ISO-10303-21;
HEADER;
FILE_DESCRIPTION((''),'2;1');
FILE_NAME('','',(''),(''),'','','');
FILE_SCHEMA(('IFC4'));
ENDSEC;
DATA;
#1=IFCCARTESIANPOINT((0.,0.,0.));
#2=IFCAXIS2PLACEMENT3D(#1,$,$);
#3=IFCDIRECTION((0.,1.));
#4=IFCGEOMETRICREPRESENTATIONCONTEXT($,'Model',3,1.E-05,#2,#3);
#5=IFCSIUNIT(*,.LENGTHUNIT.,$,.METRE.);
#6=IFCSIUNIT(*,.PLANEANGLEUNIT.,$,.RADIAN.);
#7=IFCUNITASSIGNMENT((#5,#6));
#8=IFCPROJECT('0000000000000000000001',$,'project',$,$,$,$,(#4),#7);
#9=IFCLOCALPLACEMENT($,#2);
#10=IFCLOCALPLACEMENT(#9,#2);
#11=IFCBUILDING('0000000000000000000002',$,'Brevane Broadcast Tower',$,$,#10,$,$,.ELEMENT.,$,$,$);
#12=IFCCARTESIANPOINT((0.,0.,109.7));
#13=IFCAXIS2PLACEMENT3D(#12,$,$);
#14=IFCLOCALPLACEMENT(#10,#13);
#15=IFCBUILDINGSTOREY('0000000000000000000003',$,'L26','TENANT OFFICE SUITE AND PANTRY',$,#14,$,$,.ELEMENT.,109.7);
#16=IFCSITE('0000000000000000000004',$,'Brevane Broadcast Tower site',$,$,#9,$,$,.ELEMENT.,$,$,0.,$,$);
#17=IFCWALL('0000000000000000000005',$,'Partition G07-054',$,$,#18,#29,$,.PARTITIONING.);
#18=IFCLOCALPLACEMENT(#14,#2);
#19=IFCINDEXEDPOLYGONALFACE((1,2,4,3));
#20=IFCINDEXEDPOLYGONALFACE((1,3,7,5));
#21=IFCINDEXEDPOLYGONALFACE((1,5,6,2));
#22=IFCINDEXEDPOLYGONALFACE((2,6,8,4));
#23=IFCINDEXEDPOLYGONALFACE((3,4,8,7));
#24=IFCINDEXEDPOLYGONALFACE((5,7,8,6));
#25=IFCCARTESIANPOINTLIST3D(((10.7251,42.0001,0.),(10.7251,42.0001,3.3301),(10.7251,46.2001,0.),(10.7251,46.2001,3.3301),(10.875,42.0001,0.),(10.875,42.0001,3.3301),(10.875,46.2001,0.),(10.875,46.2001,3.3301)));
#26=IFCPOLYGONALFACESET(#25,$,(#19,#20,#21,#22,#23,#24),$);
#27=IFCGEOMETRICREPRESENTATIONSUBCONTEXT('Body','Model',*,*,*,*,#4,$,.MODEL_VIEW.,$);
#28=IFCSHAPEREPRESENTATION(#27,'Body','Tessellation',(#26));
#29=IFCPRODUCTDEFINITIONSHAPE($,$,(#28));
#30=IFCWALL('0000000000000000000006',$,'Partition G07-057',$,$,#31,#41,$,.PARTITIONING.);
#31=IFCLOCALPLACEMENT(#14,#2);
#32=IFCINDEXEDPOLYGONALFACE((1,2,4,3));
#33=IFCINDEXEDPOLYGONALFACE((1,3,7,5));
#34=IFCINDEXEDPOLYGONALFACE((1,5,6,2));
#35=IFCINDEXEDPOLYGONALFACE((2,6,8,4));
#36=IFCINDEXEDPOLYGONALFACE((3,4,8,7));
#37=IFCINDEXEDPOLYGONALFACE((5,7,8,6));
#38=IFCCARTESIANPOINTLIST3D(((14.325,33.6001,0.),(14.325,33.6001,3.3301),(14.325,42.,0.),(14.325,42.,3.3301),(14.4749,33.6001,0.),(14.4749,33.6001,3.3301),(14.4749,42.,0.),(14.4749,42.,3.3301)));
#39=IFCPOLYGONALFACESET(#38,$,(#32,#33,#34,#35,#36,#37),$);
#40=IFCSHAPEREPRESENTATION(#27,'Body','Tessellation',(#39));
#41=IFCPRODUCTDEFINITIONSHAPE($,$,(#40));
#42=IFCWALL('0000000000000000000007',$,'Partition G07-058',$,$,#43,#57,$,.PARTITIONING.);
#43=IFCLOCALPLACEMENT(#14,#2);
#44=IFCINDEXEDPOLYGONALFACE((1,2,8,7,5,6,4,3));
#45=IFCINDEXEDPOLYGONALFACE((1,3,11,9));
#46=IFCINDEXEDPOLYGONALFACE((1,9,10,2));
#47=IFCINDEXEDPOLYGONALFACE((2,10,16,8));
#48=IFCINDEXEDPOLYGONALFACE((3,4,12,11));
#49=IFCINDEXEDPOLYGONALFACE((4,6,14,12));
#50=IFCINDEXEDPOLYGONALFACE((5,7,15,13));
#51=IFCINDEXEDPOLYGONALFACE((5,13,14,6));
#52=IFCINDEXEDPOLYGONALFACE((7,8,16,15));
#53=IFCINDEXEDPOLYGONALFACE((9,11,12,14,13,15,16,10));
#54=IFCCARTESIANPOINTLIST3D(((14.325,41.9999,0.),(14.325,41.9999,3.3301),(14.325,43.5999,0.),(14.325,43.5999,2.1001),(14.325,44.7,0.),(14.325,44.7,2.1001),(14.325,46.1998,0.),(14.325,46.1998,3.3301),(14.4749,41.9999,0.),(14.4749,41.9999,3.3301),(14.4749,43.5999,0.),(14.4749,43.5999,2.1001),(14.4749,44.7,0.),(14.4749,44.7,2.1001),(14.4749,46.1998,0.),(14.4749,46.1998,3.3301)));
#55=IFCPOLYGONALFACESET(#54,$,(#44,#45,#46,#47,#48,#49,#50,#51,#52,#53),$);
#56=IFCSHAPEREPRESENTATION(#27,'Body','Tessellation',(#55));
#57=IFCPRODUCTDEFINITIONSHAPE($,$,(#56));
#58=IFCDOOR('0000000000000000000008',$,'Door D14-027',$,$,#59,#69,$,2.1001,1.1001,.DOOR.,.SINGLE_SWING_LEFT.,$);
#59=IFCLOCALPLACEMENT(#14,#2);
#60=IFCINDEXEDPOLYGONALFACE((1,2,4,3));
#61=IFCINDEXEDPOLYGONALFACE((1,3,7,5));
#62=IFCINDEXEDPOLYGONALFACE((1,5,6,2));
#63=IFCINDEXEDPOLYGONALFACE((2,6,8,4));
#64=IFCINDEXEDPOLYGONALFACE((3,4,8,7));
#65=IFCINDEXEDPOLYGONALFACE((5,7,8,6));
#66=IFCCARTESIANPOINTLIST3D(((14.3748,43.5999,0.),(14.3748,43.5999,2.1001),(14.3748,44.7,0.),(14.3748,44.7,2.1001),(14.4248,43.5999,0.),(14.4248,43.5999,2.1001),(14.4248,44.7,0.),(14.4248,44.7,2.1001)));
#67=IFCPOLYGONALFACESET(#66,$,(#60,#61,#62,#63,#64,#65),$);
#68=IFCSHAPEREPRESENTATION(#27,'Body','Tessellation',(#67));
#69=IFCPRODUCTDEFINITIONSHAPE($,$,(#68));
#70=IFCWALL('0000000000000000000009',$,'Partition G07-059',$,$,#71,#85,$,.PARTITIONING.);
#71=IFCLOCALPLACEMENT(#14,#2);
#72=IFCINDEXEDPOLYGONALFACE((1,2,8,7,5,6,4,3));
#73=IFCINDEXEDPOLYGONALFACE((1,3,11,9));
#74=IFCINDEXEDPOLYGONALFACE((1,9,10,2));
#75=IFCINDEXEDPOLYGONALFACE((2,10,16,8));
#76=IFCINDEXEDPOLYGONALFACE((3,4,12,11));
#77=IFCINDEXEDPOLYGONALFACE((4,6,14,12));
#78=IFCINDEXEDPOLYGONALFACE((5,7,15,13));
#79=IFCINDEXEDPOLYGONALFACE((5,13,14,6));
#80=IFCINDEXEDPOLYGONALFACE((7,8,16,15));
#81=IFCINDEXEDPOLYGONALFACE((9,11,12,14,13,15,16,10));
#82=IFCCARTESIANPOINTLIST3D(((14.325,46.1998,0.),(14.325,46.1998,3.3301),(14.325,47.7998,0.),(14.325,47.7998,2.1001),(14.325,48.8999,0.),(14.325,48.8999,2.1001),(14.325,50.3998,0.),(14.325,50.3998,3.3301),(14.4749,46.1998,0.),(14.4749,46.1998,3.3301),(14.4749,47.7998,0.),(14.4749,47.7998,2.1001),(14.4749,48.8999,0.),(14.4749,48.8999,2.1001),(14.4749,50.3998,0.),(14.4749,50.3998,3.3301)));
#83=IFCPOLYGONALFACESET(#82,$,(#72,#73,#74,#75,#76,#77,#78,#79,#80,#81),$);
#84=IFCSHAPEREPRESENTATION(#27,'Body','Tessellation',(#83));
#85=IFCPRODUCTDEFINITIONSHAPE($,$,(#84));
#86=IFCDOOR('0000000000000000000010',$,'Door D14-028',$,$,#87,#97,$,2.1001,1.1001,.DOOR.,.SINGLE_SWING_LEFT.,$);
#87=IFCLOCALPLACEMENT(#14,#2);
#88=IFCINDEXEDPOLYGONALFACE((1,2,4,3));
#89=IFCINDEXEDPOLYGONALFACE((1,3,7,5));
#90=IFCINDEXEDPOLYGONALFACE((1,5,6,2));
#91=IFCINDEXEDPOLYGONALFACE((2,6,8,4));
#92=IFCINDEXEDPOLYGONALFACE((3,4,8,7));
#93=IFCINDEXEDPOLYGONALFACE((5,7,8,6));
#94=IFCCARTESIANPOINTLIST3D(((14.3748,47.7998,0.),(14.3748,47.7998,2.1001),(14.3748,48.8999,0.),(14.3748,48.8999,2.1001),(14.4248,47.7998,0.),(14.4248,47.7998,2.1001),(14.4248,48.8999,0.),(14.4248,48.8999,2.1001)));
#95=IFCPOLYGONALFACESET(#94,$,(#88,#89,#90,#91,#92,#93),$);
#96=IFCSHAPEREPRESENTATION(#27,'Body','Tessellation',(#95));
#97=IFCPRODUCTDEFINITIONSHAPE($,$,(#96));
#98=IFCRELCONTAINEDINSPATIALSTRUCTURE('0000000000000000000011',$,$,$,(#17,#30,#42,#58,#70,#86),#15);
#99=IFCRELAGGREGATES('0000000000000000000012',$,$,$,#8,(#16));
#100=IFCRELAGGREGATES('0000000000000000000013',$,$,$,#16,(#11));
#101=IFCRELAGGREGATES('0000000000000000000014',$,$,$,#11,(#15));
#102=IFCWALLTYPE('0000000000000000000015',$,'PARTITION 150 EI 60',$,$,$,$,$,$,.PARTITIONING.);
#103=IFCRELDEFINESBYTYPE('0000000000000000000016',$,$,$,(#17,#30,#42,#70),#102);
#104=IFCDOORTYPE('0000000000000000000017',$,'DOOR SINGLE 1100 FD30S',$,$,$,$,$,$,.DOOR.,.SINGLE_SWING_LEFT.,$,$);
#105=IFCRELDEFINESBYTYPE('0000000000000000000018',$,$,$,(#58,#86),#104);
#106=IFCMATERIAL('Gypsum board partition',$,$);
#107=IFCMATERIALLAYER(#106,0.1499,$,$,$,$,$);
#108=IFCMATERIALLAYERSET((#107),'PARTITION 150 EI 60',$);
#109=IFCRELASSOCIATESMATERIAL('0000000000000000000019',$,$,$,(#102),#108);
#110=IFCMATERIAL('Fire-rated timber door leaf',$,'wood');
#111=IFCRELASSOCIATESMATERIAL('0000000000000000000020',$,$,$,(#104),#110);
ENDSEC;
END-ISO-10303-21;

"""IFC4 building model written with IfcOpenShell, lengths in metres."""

from ifc_helpers import new_model, si_unit, direction, frame, frame_2d, origin, place, context, subcontext, project, spatial, rectangle, extrude, material, layer, layer_set, type_object, element, fill, save


model = new_model("IFC4")

# Units and contexts
model_context = context("Model", 3, precision=1e-05, world=origin(), true_north=direction((0.0, 1.0)))
body_context = subcontext(model_context, "Body", "Model", "MODEL_VIEW")
ifc_project = project(units=[si_unit("LENGTHUNIT", "METRE"), si_unit("PLANEANGLEUNIT", "RADIAN")], contexts=[model_context])

# Site, building, storey
site_placement = place(None, origin())
site = spatial("IfcSite", under=ifc_project, at=site_placement, Name="Brevane Broadcast Tower site", CompositionType="ELEMENT", RefElevation=0.0)
building_placement = place(site_placement, origin())
building = spatial("IfcBuilding", under=site, at=building_placement, Name="Brevane Broadcast Tower", CompositionType="ELEMENT")
storey_placement = place(building_placement, frame((0.0, 0.0, 109.7)))
storey = spatial("IfcBuildingStorey", under=building, at=storey_placement, Name="L26", Description="TENANT OFFICE SUITE AND PANTRY", CompositionType="ELEMENT", Elevation=109.7)

# Shared definitions
ifc_material_1 = material(Name="Gypsum board partition")

# Shared definitions
ifc_layer_1 = layer(ifc_material_1, 0.1499)
ifc_layer_set_1 = layer_set([ifc_layer_1], Name="PARTITION 150 EI 60")
wall_type_1 = type_object("IfcWallType", Name="PARTITION 150 EI 60", PredefinedType="PARTITIONING", material=ifc_layer_set_1)
ifc_material_2 = material(Name="Fire-rated timber door leaf", Category="wood")

# Walls
wall_1_placement = place(storey_placement, frame((10.8, 42.0, 0.0), z_axis=(0.0, 0.0, 1.0), x_axis=(0.0, 1.0, 0.0)))
element("IfcWall", 1, at=wall_1_placement, inside=storey, type_object=wall_type_1, Name="Partition G07-054", PredefinedType="PARTITIONING", context=body_context, shape_type="SweptSolid", body=[
    extrude(rectangle(XDim=4.2, YDim=0.1499, at=frame_2d((2.1001, 0.0))), origin(), (0.0, 0.0, 1.0), 3.3301),
])
wall_2_placement = place(storey_placement, frame((14.3999, 42.0, 0.0), z_axis=(0.0, 0.0, 1.0), x_axis=(0.0, -1.0, 0.0)))
element("IfcWall", 2, at=wall_2_placement, inside=storey, type_object=wall_type_1, Name="Partition G07-057", PredefinedType="PARTITIONING", context=body_context, shape_type="SweptSolid", body=[
    extrude(rectangle(XDim=8.3999, YDim=0.1499, at=frame_2d((4.2, 0.0))), origin(), (0.0, 0.0, 1.0), 3.3301),
])

# Walls, openings, doors
wall_3_placement = place(storey_placement, frame((14.3999, 46.2, 0.0), z_axis=(0.0, 0.0, 1.0), x_axis=(0.0, -1.0, 0.0)))
wall_3 = element("IfcWall", 3, at=wall_3_placement, inside=storey, type_object=wall_type_1, Name="Partition G07-058", PredefinedType="PARTITIONING", context=body_context, shape_type="SweptSolid", body=[
    extrude(rectangle(XDim=4.2, YDim=0.1499, at=frame_2d((2.1001, 0.0))), origin(), (0.0, 0.0, 1.0), 3.3301),
])
opening_1_placement = place(wall_3_placement, frame((1.5, 0.0, 0.0)))
opening_1 = element("IfcOpeningElement", 4, at=opening_1_placement, cuts=wall_3, PredefinedType="OPENING", context=body_context, shape_type="SweptSolid", body=[
    extrude(rectangle(XDim=1.1001, YDim=2.1001, at=frame_2d((0.55, 1.05))), frame((0.0, 0.085, 0.0), z_axis=(0.0, -1.0, 0.0), x_axis=(1.0, 0.0, 0.0)), (0.0, 0.0, 1.0), 0.1699),
])
door_type_1 = type_object("IfcDoorType", Name="DOOR SINGLE 1100 FD30S", OperationType="SINGLE_SWING_LEFT", PredefinedType="DOOR", material=ifc_material_2)
door_1_placement = place(opening_1_placement, origin())
door_1 = element("IfcDoor", 5, at=door_1_placement, inside=storey, type_object=door_type_1, Name="Door D14-027", OperationType="SINGLE_SWING_LEFT", OverallHeight=2.1001, OverallWidth=1.1001, PredefinedType="DOOR", context=body_context, shape_type="SweptSolid", body=[
    extrude(rectangle(XDim=1.1001, YDim=2.1001, at=frame_2d((0.55, 1.05))), frame((0.0, 0.0249, 0.0), z_axis=(0.0, -1.0, 0.0), x_axis=(1.0, 0.0, 0.0)), (0.0, 0.0, 1.0), 0.05),
])
fill(opening_1, door_1)
wall_4_placement = place(storey_placement, frame((14.3999, 50.3999, 0.0), z_axis=(0.0, 0.0, 1.0), x_axis=(0.0, -1.0, 0.0)))
wall_4 = element("IfcWall", 6, at=wall_4_placement, inside=storey, type_object=wall_type_1, Name="Partition G07-059", PredefinedType="PARTITIONING", context=body_context, shape_type="SweptSolid", body=[
    extrude(rectangle(XDim=4.2, YDim=0.1499, at=frame_2d((2.1001, 0.0))), origin(), (0.0, 0.0, 1.0), 3.3301),
])
opening_2_placement = place(wall_4_placement, frame((1.5, 0.0, 0.0)))
opening_2 = element("IfcOpeningElement", 7, at=opening_2_placement, cuts=wall_4, PredefinedType="OPENING", context=body_context, shape_type="SweptSolid", body=[
    extrude(rectangle(XDim=1.1001, YDim=2.1001, at=frame_2d((0.55, 1.05))), frame((0.0, 0.085, 0.0), z_axis=(0.0, -1.0, 0.0), x_axis=(1.0, 0.0, 0.0)), (0.0, 0.0, 1.0), 0.1699),
])
door_2_placement = place(opening_2_placement, origin())
door_2 = element("IfcDoor", 8, at=door_2_placement, inside=storey, type_object=door_type_1, Name="Door D14-028", OperationType="SINGLE_SWING_LEFT", OverallHeight=2.1001, OverallWidth=1.1001, PredefinedType="DOOR", context=body_context, shape_type="SweptSolid", body=[
    extrude(rectangle(XDim=1.1001, YDim=2.1001, at=frame_2d((0.55, 1.05))), frame((0.0, 0.0249, 0.0), z_axis=(0.0, -1.0, 0.0), x_axis=(1.0, 0.0, 0.0)), (0.0, 0.0, 1.0), 0.05),
])
fill(opening_2, door_2)

save(model, "model.ifc")
